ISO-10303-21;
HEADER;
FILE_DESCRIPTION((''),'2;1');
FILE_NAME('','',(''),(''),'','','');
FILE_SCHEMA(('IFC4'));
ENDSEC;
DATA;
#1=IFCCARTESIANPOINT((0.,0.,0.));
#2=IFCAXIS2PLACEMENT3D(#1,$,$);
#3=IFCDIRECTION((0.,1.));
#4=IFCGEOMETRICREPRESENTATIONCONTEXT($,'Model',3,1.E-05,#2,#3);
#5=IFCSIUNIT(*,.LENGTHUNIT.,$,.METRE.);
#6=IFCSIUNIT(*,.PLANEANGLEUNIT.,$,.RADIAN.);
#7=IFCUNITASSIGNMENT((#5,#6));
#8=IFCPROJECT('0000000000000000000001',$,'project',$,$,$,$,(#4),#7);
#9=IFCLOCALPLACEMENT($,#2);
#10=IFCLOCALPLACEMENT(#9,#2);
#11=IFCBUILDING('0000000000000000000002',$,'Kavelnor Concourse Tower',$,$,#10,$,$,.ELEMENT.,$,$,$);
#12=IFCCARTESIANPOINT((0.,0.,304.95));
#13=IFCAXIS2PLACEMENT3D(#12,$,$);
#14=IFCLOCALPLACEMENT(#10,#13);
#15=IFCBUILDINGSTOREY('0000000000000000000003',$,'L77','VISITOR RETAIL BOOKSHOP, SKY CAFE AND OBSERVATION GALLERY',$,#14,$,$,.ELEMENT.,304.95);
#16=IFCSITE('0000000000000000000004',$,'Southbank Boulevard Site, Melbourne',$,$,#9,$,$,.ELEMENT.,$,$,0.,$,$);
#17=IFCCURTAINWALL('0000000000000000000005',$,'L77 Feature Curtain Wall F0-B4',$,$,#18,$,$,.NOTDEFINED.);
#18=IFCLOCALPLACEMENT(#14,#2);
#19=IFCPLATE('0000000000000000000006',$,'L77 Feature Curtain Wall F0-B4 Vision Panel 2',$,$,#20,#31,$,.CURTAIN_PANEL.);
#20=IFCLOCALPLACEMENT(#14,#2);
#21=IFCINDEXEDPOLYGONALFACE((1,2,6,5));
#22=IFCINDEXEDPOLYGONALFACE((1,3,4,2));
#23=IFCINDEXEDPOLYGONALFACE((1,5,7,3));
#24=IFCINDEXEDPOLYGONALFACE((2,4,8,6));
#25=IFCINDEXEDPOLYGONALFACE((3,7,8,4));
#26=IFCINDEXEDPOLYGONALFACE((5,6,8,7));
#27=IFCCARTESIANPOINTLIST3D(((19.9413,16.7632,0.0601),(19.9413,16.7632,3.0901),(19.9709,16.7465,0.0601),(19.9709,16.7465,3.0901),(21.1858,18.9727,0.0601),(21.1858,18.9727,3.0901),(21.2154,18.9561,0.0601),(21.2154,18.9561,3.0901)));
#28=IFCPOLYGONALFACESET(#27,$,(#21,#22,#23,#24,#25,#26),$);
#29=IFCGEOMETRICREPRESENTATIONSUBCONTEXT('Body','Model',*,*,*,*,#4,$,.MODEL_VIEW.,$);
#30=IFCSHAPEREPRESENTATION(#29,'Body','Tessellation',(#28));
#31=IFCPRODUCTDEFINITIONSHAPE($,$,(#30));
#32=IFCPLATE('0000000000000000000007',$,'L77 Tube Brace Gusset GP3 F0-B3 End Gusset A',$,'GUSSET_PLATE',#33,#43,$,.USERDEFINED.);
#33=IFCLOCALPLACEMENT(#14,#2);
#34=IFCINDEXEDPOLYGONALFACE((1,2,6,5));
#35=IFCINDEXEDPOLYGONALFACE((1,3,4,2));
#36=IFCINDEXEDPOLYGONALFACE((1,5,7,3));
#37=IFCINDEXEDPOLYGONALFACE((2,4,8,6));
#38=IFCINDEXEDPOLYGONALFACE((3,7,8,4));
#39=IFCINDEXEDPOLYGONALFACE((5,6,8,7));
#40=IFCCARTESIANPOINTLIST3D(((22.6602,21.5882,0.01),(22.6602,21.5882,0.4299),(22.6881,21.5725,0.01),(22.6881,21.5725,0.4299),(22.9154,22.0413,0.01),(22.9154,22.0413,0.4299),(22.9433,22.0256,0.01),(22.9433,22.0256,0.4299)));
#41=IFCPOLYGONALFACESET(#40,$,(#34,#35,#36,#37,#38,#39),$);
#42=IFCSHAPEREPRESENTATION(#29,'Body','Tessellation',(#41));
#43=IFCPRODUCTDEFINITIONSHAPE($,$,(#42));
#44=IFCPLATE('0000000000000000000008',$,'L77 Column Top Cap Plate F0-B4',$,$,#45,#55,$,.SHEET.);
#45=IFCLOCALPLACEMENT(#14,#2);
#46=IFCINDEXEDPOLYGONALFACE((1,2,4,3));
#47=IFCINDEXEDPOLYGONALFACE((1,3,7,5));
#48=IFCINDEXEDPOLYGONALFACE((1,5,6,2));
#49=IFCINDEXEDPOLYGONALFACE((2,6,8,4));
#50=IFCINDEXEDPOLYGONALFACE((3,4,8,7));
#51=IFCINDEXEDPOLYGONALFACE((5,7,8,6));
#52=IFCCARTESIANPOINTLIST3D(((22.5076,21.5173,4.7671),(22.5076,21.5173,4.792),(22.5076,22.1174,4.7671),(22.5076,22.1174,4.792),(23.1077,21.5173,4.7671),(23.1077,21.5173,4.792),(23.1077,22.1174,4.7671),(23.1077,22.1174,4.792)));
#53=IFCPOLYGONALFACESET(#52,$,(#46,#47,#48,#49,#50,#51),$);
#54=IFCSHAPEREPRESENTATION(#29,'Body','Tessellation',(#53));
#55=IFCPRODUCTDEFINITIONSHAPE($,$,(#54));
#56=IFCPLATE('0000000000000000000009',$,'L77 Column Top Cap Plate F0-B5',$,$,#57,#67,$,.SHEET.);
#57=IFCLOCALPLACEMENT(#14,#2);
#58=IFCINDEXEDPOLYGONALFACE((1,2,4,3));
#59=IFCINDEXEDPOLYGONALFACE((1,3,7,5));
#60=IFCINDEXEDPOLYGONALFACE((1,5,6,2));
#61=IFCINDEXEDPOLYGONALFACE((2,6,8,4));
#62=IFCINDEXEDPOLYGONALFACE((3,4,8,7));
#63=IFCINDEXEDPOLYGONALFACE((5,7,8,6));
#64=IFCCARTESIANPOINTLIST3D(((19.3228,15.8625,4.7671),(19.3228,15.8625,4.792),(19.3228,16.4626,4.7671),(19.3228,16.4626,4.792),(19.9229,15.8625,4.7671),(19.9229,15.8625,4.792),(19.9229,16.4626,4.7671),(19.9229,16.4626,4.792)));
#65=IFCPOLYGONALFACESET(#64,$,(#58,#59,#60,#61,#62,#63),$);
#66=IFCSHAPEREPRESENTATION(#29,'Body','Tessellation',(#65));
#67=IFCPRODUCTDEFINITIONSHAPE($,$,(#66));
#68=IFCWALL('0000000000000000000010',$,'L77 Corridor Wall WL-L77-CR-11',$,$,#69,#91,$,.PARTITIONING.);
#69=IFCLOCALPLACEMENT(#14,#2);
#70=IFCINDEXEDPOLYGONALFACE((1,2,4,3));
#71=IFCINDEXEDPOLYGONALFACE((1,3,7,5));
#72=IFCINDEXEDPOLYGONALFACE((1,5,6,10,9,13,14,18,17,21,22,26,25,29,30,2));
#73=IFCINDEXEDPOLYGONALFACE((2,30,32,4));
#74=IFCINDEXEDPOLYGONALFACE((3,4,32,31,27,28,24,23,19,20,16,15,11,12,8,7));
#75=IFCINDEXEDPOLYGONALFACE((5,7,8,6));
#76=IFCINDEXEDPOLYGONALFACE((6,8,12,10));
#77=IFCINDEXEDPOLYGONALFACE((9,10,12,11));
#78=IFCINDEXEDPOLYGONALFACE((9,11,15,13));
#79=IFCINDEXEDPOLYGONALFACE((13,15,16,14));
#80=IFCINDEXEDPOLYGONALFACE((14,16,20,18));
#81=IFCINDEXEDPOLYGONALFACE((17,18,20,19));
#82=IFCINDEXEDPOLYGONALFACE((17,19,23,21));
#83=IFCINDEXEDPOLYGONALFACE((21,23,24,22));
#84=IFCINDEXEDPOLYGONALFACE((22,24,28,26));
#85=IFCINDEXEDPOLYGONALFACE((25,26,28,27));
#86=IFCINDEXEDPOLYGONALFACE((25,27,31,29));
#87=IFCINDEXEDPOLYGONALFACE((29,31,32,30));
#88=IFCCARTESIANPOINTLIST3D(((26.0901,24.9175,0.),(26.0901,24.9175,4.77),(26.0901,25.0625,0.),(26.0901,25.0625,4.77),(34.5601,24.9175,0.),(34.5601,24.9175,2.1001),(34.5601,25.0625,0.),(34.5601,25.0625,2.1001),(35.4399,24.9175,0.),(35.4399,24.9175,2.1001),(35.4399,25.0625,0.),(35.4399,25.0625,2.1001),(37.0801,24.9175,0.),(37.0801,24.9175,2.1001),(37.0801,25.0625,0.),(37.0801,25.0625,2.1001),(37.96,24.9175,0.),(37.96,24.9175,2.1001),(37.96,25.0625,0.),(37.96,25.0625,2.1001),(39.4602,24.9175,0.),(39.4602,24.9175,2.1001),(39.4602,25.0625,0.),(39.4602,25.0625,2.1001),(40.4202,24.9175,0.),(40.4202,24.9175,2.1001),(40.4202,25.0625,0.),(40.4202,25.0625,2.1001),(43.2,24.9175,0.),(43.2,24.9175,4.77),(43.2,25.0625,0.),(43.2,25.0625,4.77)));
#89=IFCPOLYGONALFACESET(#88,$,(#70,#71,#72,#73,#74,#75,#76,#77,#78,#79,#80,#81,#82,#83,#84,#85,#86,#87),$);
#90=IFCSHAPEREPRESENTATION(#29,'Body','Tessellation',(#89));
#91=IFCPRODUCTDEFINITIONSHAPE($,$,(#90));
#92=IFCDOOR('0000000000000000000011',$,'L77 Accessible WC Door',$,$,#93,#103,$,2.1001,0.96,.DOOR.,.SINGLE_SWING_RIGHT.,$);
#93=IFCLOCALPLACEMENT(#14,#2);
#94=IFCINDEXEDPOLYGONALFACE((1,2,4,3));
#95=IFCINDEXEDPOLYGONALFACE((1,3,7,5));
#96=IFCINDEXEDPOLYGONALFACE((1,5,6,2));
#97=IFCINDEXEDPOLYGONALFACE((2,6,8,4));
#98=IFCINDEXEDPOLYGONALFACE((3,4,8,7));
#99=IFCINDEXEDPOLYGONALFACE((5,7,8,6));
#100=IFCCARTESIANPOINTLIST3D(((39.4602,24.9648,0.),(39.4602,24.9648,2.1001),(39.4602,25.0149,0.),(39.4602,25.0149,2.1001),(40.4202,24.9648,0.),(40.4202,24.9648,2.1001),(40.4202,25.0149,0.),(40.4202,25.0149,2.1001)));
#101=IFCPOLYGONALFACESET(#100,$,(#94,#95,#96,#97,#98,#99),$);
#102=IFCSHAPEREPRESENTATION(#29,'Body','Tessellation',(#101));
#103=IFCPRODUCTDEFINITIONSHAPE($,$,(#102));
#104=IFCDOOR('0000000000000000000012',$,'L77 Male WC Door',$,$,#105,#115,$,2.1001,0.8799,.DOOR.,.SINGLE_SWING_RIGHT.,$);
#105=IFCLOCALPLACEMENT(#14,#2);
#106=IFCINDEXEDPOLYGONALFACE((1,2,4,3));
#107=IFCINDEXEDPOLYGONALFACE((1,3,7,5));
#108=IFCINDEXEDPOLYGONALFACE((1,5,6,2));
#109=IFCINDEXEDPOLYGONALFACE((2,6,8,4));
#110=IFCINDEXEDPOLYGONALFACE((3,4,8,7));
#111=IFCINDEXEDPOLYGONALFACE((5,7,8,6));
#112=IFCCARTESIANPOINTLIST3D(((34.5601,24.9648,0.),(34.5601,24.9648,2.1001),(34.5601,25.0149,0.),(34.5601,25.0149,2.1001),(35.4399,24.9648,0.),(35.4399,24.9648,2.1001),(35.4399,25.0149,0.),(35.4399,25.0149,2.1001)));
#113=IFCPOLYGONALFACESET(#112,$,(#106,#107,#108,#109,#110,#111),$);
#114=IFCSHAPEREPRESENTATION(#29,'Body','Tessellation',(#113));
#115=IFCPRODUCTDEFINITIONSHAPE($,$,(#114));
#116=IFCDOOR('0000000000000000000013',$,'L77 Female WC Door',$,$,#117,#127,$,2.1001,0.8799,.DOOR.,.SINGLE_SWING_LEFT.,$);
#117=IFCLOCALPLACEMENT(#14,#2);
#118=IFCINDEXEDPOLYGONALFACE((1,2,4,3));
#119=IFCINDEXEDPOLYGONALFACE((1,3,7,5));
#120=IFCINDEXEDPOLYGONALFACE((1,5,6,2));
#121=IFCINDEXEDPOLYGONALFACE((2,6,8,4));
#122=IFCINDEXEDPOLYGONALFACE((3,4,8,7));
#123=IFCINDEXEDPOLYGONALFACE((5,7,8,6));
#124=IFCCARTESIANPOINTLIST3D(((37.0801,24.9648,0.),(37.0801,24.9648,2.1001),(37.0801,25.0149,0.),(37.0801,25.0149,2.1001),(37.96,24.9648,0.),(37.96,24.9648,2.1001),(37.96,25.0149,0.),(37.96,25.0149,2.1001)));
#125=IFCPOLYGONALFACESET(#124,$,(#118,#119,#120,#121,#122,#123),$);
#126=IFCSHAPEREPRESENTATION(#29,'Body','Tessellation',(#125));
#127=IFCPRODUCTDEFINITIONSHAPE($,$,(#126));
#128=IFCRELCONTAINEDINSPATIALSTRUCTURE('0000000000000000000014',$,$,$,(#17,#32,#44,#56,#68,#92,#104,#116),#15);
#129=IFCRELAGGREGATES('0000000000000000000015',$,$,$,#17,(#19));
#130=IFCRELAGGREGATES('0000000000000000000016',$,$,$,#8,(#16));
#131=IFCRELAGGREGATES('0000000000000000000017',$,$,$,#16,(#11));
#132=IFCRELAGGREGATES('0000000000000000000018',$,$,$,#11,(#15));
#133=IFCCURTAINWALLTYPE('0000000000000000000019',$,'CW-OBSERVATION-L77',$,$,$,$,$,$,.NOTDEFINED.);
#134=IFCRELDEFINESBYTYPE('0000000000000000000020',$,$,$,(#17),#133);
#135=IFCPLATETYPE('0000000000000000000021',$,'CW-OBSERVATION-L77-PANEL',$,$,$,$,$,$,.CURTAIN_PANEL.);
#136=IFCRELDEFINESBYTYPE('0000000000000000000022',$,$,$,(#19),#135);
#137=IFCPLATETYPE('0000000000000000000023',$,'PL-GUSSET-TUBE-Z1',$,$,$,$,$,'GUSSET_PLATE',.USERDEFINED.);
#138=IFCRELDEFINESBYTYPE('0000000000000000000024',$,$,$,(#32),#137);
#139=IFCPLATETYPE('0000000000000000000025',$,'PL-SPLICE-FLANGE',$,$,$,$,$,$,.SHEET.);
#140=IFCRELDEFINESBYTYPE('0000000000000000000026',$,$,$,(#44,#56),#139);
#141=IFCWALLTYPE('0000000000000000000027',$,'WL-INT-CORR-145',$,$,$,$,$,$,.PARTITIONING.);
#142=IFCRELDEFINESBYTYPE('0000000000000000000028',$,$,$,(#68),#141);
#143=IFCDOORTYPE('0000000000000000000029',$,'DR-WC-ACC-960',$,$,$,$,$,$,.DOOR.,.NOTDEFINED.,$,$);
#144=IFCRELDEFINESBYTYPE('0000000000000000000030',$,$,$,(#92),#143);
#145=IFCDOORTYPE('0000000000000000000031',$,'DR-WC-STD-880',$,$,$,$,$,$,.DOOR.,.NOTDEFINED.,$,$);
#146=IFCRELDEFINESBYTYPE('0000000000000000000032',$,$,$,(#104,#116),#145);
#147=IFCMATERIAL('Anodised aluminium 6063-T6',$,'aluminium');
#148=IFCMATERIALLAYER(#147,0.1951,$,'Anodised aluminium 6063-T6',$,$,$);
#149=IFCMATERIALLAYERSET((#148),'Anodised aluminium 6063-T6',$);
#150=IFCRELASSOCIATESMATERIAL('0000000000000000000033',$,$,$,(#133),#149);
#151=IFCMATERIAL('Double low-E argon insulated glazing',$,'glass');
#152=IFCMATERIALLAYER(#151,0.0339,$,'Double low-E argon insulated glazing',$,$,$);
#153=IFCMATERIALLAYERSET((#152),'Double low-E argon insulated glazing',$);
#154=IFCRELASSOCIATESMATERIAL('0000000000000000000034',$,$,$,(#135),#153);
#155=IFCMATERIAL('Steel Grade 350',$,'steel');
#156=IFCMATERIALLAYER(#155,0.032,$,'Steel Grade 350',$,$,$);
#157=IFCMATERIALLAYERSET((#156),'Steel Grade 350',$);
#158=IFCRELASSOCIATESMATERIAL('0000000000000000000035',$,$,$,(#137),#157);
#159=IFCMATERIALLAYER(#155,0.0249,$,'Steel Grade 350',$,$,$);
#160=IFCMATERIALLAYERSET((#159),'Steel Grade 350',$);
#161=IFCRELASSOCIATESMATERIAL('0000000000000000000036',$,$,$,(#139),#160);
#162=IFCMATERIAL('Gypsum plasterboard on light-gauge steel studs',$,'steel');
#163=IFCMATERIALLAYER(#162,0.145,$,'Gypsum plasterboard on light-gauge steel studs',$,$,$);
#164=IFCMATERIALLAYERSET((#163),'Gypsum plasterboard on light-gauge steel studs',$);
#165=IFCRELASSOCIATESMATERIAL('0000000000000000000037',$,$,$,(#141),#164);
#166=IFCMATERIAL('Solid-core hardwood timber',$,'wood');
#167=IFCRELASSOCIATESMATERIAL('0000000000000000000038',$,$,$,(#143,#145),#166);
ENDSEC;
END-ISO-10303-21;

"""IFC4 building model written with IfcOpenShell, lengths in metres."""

from ifc_helpers import new_model, si_unit, direction, frame, frame_2d, origin, origin_2d, place, context, subcontext, project, spatial, rectangle, extrude, material, layer, layer_set, type_object, element, fill, aggregate, save


model = new_model("IFC4")

# Units and contexts
model_context = context("Model", 3, precision=1e-05, world=origin(), true_north=direction((0.0, 1.0)))
body_context = subcontext(model_context, "Body", "Model", "MODEL_VIEW")
ifc_project = project(units=[si_unit("LENGTHUNIT", "METRE"), si_unit("PLANEANGLEUNIT", "RADIAN")], contexts=[model_context])

# Site, building, storey
site_placement = place(None, origin())
site = spatial("IfcSite", under=ifc_project, at=site_placement, Name="Southbank Boulevard Site, Melbourne", CompositionType="ELEMENT", RefElevation=0.0)
building_placement = place(site_placement, origin())
building = spatial("IfcBuilding", under=site, at=building_placement, Name="Kavelnor Concourse Tower", CompositionType="ELEMENT")
storey_placement = place(building_placement, frame((0.0, 0.0, 304.95)))
storey = spatial("IfcBuildingStorey", under=building, at=storey_placement, Name="L77", Description="VISITOR RETAIL BOOKSHOP, SKY CAFE AND OBSERVATION GALLERY", CompositionType="ELEMENT", Elevation=304.95)

# Shared definitions
ifc_material_1 = material(Name="Steel Grade 350", Category="steel")

# Curtain wall
ifc_material_2 = material(Name="Anodised aluminium 6063-T6", Category="aluminium")
ifc_layer_1 = layer(ifc_material_2, 0.1951, Name="Anodised aluminium 6063-T6")
ifc_layer_set_1 = layer_set([ifc_layer_1], Name="Anodised aluminium 6063-T6")
curtain_wall_type = type_object("IfcCurtainWallType", Name="CW-OBSERVATION-L77", PredefinedType="NOTDEFINED", material=ifc_layer_set_1)
curtain_wall_placement = place(storey_placement, origin())
curtain_wall = element("IfcCurtainWall", 1, at=curtain_wall_placement, inside=storey, type_object=curtain_wall_type, Name="L77 Feature Curtain Wall F0-B4", PredefinedType="NOTDEFINED")

# Plate
ifc_material_3 = material(Name="Double low-E argon insulated glazing", Category="glass")
ifc_layer_2 = layer(ifc_material_3, 0.0339, Name="Double low-E argon insulated glazing")
ifc_layer_set_2 = layer_set([ifc_layer_2], Name="Double low-E argon insulated glazing")
plate_type_1 = type_object("IfcPlateType", Name="CW-OBSERVATION-L77-PANEL", PredefinedType="CURTAIN_PANEL", material=ifc_layer_set_2)
plate_1_placement = place(storey_placement, frame((20.5784, 17.8596, 0.0601), z_axis=(0.0, 0.0, 1.0), x_axis=(-0.490752, -0.871299, 0.0)))
plate_1 = element("IfcPlate", 2, at=plate_1_placement, type_object=plate_type_1, Name="L77 Feature Curtain Wall F0-B4 Vision Panel 2", PredefinedType="CURTAIN_PANEL", context=body_context, shape_type="SweptSolid", body=[
    extrude(rectangle(XDim=2.5359, YDim=0.0339, at=origin_2d()), origin(), (0.0, 0.0, 1.0), 3.03),
])
aggregate(curtain_wall, [plate_1])

# Plates
ifc_layer_3 = layer(ifc_material_1, 0.032, Name="Steel Grade 350")
ifc_layer_set_3 = layer_set([ifc_layer_3], Name="Steel Grade 350")
plate_type_2 = type_object("IfcPlateType", Name="PL-GUSSET-TUBE-Z1", ElementType="GUSSET_PLATE", PredefinedType="USERDEFINED", material=ifc_layer_set_3)
plate_2_placement = place(storey_placement, frame((22.8018, 21.8069, 0.01), z_axis=(0.0, 0.0, 1.0), x_axis=(0.490752, 0.871299, 0.0)))
element("IfcPlate", 3, at=plate_2_placement, inside=storey, type_object=plate_type_2, Name="L77 Tube Brace Gusset GP3 F0-B3 End Gusset A", ObjectType="GUSSET_PLATE", PredefinedType="USERDEFINED", context=body_context, shape_type="SweptSolid", body=[
    extrude(rectangle(XDim=0.52, YDim=0.032, at=origin_2d()), origin(), (0.0, 0.0, 1.0), 0.4199),
])
ifc_layer_4 = layer(ifc_material_1, 0.0249, Name="Steel Grade 350")
ifc_layer_set_4 = layer_set([ifc_layer_4], Name="Steel Grade 350")
plate_type_3 = type_object("IfcPlateType", Name="PL-SPLICE-FLANGE", PredefinedType="SHEET", material=ifc_layer_set_4)
for number, where, z_axis, x_axis, name in (
    (4, (22.8076, 21.8174, 4.7671), (0.0, 0.0, 1.0), (1.0, 0.0, 0.0), "L77 Column Top Cap Plate F0-B4"),
    (5, (19.6228, 16.1626, 4.7671), (0.0, 0.0, 1.0), (1.0, 0.0, 0.0), "L77 Column Top Cap Plate F0-B5"),
):
    element("IfcPlate", number, at=place(storey_placement, frame(where, z_axis=z_axis, x_axis=x_axis)), inside=storey, type_object=plate_type_3, Name=name, PredefinedType="SHEET", context=body_context, shape_type="SweptSolid", body=[
        extrude(rectangle(XDim=0.6001, YDim=0.6001, at=origin_2d()), origin(), (0.0, 0.0, 1.0), 0.0249),
    ])

# Wall, openings, doors
ifc_material_4 = material(Name="Gypsum plasterboard on light-gauge steel studs", Category="steel")
ifc_layer_5 = layer(ifc_material_4, 0.145, Name="Gypsum plasterboard on light-gauge steel studs")
ifc_layer_set_5 = layer_set([ifc_layer_5], Name="Gypsum plasterboard on light-gauge steel studs")
wall_type = type_object("IfcWallType", Name="WL-INT-CORR-145", PredefinedType="PARTITIONING", material=ifc_layer_set_5)
wall_placement = place(storey_placement, frame((26.0901, 24.99, 0.0), z_axis=(0.0, 0.0, 1.0), x_axis=(1.0, 0.0, 0.0)))
wall = element("IfcWall", 6, at=wall_placement, inside=storey, type_object=wall_type, Name="L77 Corridor Wall WL-L77-CR-11", PredefinedType="PARTITIONING", context=body_context, shape_type="SweptSolid", body=[
    extrude(rectangle(XDim=17.1099, YDim=0.145, at=frame_2d((8.5549, 0.0))), origin(), (0.0, 0.0, 1.0), 4.77),
])
opening_1_placement = place(wall_placement, frame((8.47, 0.0, 0.0)))
opening_1 = element("IfcOpeningElement", 7, at=opening_1_placement, cuts=wall, PredefinedType="OPENING", context=body_context, shape_type="SweptSolid", body=[
    extrude(rectangle(XDim=0.8799, YDim=2.1001, at=frame_2d((0.4399, 1.05))), frame((0.0, 0.0825, 0.0), z_axis=(0.0, -1.0, 0.0), x_axis=(1.0, 0.0, 0.0)), (0.0, 0.0, 1.0), 0.165),
])
opening_2_placement = place(wall_placement, frame((10.99, 0.0, 0.0)))
opening_2 = element("IfcOpeningElement", 8, at=opening_2_placement, cuts=wall, PredefinedType="OPENING", context=body_context, shape_type="SweptSolid", body=[
    extrude(rectangle(XDim=0.8799, YDim=2.1001, at=frame_2d((0.4399, 1.05))), frame((0.0, 0.0825, 0.0), z_axis=(0.0, -1.0, 0.0), x_axis=(1.0, 0.0, 0.0)), (0.0, 0.0, 1.0), 0.165),
])
opening_3_placement = place(wall_placement, frame((13.3701, 0.0, 0.0)))
opening_3 = element("IfcOpeningElement", 9, at=opening_3_placement, cuts=wall, PredefinedType="OPENING", context=body_context, shape_type="SweptSolid", body=[
    extrude(rectangle(XDim=0.96, YDim=2.1001, at=frame_2d((0.48, 1.05))), frame((0.0, 0.0825, 0.0), z_axis=(0.0, -1.0, 0.0), x_axis=(1.0, 0.0, 0.0)), (0.0, 0.0, 1.0), 0.165),
])
ifc_material_5 = material(Name="Solid-core hardwood timber", Category="wood")
door_type_1 = type_object("IfcDoorType", Name="DR-WC-ACC-960", OperationType="NOTDEFINED", PredefinedType="DOOR", material=ifc_material_5)
door_1_placement = place(opening_3_placement, origin())
door_1 = element("IfcDoor", 10, at=door_1_placement, inside=storey, type_object=door_type_1, Name="L77 Accessible WC Door", OperationType="SINGLE_SWING_RIGHT", OverallHeight=2.1001, OverallWidth=0.96, PredefinedType="DOOR", context=body_context, shape_type="SweptSolid", body=[
    extrude(rectangle(XDim=0.96, YDim=2.1001, at=frame_2d((0.48, 1.05))), frame((0.0, 0.0249, 0.0), z_axis=(0.0, -1.0, 0.0), x_axis=(1.0, 0.0, 0.0)), (0.0, 0.0, 1.0), 0.05),
])
fill(opening_3, door_1)
door_type_2 = type_object("IfcDoorType", Name="DR-WC-STD-880", OperationType="NOTDEFINED", PredefinedType="DOOR", material=ifc_material_5)
door_2_placement = place(opening_1_placement, origin())
door_2 = element("IfcDoor", 11, at=door_2_placement, inside=storey, type_object=door_type_2, Name="L77 Male WC Door", OperationType="SINGLE_SWING_RIGHT", OverallHeight=2.1001, OverallWidth=0.8799, PredefinedType="DOOR", context=body_context, shape_type="SweptSolid", body=[
    extrude(rectangle(XDim=0.8799, YDim=2.1001, at=frame_2d((0.4399, 1.05))), frame((0.0, 0.0249, 0.0), z_axis=(0.0, -1.0, 0.0), x_axis=(1.0, 0.0, 0.0)), (0.0, 0.0, 1.0), 0.05),
])
fill(opening_1, door_2)
door_3_placement = place(opening_2_placement, origin())
door_3 = element("IfcDoor", 12, at=door_3_placement, inside=storey, type_object=door_type_2, Name="L77 Female WC Door", OperationType="SINGLE_SWING_LEFT", OverallHeight=2.1001, OverallWidth=0.8799, PredefinedType="DOOR", context=body_context, shape_type="SweptSolid", body=[
    extrude(rectangle(XDim=0.8799, YDim=2.1001, at=frame_2d((0.4399, 1.05))), frame((0.0, 0.0249, 0.0), z_axis=(0.0, -1.0, 0.0), x_axis=(1.0, 0.0, 0.0)), (0.0, 0.0, 1.0), 0.05),
])
fill(opening_2, door_3)

save(model, "model.ifc")
